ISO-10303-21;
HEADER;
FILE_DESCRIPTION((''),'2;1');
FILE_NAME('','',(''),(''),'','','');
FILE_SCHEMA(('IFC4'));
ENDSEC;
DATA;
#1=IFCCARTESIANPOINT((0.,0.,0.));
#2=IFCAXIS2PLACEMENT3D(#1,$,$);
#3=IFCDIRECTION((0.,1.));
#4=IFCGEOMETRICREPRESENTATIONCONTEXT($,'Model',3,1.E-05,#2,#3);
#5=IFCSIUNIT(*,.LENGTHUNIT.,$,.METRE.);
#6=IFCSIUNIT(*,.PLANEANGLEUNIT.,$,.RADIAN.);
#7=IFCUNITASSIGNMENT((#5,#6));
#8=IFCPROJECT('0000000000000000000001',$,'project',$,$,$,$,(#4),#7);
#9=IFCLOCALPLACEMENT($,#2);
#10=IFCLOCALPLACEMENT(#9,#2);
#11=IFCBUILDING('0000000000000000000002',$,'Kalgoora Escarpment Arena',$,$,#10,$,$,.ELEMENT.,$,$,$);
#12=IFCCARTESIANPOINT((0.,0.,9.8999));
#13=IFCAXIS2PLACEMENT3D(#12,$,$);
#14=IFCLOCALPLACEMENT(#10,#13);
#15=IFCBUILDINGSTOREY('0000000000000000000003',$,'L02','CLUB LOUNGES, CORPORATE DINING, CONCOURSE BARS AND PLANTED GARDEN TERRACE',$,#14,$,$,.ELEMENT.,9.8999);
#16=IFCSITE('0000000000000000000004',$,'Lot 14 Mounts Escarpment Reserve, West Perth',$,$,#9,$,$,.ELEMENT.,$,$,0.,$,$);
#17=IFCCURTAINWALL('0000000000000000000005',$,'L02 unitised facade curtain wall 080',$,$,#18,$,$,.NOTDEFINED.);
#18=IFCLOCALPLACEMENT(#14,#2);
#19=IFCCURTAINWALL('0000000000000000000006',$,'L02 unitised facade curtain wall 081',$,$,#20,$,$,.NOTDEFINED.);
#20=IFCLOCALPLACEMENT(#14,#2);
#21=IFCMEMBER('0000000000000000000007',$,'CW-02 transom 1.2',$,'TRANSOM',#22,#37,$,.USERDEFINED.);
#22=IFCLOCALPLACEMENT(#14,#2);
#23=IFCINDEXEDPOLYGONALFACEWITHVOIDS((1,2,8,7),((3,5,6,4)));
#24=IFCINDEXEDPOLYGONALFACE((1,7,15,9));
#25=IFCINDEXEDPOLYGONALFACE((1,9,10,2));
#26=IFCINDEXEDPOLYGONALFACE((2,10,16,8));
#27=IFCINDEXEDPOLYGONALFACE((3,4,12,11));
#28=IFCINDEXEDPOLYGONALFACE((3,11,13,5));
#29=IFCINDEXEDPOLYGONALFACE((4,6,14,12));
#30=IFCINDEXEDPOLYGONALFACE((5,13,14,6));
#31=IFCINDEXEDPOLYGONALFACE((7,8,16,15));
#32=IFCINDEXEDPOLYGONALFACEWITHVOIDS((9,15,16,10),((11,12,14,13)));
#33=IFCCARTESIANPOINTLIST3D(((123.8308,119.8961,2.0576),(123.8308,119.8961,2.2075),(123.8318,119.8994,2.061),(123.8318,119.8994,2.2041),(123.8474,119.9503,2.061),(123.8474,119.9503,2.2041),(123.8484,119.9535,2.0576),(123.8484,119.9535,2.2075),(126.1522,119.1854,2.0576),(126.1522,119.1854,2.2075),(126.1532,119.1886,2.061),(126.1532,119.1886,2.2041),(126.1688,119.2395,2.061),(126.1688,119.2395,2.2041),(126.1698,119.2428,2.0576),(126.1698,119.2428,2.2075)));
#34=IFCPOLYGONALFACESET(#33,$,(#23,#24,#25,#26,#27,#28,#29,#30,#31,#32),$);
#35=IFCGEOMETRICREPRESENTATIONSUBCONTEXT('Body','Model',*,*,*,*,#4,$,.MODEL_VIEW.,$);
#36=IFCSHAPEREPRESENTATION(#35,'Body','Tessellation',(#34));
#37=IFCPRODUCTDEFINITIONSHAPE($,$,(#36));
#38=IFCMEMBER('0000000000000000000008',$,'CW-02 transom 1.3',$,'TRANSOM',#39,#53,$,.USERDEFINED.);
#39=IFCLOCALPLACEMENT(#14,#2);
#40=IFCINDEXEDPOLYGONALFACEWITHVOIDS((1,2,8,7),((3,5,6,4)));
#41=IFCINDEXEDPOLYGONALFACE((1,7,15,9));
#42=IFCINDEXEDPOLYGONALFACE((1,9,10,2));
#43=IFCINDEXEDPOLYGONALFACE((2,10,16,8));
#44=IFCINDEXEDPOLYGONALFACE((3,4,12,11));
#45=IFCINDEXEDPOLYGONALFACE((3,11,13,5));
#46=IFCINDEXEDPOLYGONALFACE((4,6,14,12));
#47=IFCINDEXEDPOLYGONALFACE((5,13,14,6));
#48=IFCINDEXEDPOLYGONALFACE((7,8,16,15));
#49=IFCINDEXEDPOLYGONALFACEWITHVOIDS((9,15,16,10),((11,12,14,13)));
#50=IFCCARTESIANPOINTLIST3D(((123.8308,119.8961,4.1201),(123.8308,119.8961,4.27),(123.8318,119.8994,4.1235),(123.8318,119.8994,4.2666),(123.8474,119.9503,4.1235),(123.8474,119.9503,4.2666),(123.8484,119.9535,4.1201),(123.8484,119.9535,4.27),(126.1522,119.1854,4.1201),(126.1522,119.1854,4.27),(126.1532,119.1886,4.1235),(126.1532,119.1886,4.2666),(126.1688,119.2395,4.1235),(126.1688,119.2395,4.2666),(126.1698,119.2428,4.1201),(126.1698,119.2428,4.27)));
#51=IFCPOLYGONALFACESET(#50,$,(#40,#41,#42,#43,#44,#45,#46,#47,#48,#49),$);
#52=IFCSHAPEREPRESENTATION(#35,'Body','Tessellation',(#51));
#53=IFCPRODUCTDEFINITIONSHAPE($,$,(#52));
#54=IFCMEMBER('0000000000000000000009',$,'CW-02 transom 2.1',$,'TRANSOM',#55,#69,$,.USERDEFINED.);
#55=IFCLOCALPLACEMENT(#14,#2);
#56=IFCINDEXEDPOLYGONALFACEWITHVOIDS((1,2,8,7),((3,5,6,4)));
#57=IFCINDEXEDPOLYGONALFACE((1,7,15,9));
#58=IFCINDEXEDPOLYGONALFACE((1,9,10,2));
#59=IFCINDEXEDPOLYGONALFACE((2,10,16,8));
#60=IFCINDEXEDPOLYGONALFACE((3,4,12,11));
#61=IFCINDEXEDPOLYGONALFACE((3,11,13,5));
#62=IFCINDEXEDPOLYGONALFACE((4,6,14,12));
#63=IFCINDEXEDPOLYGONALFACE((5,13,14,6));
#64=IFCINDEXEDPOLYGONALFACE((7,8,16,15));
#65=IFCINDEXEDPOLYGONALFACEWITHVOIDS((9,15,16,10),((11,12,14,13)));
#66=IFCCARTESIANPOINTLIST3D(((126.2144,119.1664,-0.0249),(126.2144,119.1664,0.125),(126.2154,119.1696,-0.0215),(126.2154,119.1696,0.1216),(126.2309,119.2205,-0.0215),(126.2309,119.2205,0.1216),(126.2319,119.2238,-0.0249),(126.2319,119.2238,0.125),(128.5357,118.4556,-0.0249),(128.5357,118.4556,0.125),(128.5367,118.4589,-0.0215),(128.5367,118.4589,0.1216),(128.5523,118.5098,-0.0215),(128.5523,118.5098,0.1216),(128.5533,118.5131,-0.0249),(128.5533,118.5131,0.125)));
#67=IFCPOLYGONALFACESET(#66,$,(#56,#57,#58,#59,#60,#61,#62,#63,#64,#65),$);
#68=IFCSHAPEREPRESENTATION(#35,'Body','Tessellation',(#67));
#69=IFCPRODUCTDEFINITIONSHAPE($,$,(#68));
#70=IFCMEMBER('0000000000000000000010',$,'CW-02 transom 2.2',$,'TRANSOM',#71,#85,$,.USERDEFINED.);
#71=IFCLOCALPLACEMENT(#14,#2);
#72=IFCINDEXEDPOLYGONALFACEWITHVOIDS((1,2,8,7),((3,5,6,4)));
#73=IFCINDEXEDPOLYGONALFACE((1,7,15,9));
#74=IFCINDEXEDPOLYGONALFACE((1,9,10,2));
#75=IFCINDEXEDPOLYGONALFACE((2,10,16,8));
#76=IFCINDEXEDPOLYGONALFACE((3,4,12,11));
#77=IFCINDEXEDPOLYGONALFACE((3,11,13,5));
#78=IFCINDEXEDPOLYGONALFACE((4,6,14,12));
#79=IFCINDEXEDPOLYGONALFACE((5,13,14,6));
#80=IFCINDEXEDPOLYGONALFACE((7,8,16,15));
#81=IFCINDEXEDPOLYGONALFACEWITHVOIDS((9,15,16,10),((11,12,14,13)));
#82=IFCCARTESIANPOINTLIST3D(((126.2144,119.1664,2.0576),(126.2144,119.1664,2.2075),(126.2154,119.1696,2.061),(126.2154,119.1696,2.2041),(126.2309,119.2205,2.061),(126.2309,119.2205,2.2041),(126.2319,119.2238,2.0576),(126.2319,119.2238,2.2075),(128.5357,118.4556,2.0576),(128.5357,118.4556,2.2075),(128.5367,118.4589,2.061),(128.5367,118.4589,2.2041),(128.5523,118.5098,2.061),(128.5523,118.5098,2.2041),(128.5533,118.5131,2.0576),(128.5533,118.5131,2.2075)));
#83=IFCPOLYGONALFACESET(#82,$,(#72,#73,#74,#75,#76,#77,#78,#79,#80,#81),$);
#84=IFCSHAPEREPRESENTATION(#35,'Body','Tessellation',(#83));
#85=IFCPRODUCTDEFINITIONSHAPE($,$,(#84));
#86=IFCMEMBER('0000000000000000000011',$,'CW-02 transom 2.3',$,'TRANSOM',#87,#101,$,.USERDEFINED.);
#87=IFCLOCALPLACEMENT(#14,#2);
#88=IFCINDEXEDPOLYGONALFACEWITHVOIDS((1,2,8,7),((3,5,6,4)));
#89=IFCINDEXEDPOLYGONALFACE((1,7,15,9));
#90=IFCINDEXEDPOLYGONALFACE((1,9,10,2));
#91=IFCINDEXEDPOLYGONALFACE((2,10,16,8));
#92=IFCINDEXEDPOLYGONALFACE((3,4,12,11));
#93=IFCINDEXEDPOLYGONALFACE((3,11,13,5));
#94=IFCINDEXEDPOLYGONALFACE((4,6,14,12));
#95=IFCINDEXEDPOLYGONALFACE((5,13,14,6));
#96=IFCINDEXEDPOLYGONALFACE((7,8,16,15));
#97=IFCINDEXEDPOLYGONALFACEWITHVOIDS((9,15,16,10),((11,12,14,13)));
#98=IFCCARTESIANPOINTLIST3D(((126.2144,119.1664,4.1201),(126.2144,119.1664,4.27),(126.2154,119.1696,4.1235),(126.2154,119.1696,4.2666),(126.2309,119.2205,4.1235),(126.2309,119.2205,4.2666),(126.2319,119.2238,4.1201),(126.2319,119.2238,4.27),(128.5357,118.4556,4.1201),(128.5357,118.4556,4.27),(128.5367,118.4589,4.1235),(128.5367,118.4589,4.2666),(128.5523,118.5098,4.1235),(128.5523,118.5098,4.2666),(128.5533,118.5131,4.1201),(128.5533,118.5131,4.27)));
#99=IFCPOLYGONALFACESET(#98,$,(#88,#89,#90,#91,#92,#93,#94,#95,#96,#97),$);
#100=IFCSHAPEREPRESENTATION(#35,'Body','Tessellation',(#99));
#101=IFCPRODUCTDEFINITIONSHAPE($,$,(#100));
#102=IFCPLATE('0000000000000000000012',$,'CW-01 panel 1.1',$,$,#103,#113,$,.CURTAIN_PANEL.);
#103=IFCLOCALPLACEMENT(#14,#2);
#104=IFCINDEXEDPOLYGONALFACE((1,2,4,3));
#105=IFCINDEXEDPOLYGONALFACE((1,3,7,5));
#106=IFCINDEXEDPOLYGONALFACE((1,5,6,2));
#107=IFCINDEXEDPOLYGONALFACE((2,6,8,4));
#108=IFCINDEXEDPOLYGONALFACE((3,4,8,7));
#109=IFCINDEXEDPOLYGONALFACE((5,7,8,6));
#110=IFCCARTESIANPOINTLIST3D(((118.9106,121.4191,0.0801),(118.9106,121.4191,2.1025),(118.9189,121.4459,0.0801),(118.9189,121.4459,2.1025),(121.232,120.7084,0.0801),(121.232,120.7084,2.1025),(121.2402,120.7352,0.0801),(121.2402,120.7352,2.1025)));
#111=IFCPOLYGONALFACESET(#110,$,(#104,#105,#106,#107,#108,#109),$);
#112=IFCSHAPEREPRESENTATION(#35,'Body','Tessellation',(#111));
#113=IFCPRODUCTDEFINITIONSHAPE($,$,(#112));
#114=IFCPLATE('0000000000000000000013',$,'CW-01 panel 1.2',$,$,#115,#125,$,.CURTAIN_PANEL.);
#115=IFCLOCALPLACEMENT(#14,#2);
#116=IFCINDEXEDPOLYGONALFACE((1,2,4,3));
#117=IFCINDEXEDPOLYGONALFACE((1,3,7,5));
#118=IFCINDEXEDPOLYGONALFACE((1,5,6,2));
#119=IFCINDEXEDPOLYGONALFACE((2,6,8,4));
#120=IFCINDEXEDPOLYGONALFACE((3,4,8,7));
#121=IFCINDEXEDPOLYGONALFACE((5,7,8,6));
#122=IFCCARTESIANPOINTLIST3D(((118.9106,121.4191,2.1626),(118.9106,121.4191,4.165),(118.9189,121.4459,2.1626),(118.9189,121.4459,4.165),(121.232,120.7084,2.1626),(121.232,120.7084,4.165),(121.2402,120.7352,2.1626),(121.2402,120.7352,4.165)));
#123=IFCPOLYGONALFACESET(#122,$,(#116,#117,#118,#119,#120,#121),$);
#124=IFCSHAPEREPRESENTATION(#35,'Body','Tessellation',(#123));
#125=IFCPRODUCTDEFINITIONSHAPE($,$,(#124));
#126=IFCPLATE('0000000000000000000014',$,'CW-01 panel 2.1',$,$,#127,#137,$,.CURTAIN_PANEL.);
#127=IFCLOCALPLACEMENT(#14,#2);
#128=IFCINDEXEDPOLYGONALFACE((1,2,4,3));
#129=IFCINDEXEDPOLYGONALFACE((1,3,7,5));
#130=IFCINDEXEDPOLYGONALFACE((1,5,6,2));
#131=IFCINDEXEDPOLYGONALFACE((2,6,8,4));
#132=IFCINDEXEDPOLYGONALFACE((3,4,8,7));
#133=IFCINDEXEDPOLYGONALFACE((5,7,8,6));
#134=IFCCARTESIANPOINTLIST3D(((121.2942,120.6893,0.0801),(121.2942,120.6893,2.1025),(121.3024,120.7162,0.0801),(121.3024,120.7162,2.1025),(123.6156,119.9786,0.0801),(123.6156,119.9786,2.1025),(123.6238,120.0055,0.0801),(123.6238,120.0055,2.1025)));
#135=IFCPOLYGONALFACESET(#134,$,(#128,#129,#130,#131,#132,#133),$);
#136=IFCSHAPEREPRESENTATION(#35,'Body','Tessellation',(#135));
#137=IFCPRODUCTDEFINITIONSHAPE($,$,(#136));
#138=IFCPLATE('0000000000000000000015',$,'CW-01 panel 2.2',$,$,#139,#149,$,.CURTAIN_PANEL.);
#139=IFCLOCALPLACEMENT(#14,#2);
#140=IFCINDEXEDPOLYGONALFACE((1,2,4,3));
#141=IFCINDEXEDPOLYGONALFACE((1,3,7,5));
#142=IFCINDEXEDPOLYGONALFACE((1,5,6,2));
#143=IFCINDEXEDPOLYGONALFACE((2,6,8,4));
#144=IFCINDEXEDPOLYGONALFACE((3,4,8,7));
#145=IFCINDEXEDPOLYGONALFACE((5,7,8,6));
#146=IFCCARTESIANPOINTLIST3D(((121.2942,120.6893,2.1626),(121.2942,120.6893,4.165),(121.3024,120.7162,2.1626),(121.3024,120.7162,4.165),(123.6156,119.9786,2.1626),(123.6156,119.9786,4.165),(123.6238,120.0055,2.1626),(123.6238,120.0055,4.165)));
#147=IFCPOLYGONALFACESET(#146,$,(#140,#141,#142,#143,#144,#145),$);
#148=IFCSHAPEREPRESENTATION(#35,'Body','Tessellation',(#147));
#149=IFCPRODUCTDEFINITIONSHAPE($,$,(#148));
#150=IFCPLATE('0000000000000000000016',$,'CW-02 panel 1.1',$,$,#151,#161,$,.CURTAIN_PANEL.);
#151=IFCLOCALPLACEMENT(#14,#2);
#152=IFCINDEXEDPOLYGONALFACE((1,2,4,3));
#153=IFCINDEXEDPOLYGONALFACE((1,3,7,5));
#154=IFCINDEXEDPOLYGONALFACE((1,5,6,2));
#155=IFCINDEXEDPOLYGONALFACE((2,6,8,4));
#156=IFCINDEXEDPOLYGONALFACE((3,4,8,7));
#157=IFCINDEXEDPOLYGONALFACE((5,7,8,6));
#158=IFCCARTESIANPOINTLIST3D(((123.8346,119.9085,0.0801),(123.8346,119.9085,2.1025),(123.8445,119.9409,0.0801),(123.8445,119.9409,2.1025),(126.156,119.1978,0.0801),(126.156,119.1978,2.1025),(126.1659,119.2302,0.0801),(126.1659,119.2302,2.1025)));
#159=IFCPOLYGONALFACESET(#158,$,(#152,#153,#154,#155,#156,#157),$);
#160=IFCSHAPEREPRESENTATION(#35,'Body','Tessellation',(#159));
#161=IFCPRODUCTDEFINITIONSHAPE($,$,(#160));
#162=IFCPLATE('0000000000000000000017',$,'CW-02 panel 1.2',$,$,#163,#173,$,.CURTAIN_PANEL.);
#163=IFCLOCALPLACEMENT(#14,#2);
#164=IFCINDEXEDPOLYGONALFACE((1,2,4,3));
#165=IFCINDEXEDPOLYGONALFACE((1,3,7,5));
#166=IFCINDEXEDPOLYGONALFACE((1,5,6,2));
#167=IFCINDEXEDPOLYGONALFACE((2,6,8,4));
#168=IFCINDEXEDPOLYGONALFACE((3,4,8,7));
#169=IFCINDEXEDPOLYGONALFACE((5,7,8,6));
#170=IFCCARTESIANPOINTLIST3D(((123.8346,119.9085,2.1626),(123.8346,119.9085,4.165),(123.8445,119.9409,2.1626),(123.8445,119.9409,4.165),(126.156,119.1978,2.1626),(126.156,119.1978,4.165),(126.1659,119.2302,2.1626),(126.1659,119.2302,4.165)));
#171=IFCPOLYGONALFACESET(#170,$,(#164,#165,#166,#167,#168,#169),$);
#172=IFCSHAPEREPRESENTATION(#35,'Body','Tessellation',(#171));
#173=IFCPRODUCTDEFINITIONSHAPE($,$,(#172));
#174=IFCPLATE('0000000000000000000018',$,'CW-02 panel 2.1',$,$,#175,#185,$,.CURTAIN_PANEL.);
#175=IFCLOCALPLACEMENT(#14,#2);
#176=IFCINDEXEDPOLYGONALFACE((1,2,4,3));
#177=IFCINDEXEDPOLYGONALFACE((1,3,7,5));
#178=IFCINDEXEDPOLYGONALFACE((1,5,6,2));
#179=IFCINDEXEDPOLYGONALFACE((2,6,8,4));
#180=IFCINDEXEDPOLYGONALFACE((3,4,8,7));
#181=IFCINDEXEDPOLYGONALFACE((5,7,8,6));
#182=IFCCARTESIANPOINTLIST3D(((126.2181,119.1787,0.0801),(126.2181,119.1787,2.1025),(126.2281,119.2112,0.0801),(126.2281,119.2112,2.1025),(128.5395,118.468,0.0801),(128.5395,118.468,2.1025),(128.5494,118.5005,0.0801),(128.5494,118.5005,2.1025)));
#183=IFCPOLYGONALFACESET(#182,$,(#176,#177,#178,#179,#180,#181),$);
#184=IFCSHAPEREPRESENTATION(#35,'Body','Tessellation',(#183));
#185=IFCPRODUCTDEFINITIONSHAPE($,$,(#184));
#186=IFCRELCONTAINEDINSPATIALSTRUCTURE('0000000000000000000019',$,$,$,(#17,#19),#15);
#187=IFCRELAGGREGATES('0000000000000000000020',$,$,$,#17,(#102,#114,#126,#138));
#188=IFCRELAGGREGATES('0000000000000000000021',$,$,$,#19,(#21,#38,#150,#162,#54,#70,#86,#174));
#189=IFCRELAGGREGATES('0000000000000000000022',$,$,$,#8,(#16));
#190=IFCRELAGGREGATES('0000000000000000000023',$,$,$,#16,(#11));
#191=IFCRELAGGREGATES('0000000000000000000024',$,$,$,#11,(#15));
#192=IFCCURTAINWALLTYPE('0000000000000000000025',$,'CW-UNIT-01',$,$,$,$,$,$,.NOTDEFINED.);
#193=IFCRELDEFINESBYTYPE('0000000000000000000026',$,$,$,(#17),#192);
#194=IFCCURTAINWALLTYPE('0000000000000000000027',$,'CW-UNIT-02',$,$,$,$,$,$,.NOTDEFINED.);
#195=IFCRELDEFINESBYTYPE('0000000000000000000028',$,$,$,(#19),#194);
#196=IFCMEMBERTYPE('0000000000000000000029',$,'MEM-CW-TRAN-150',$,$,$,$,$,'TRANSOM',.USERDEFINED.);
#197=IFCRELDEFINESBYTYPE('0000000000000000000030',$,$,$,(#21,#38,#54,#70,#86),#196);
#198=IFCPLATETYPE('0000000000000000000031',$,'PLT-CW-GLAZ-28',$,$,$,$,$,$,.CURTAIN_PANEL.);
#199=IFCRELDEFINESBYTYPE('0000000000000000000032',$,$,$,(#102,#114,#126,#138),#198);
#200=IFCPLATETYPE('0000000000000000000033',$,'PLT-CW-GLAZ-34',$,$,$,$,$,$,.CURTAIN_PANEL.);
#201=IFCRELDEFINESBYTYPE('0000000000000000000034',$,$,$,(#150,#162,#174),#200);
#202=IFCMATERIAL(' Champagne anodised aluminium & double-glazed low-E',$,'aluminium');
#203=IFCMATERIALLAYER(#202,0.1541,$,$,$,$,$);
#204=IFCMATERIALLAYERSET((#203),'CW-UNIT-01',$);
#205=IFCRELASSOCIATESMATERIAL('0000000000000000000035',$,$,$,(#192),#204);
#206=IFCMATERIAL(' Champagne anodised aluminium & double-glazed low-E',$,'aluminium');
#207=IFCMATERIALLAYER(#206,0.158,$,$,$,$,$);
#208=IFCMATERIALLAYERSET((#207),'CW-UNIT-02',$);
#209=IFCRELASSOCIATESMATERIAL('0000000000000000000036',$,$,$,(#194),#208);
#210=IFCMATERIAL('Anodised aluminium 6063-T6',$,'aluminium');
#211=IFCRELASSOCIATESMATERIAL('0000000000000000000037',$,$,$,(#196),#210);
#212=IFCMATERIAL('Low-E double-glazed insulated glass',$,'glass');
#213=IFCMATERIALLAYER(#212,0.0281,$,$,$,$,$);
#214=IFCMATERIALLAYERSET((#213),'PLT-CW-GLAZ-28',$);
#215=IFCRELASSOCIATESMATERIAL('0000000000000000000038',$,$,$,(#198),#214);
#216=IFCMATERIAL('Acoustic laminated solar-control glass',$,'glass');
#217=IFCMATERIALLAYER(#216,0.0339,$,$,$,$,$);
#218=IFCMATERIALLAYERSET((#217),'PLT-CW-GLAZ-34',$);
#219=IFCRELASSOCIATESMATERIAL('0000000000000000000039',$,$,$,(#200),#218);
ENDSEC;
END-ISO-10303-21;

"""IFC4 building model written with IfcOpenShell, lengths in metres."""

from ifc_helpers import new_model, si_unit, direction, frame, origin, origin_2d, place, context, subcontext, project, spatial, rectangle, hollow_rectangle, extrude, material, layer, layer_set, material_profile, profile_set, type_object, element, aggregate, save


model = new_model("IFC4")

# Units and contexts
model_context = context("Model", 3, precision=1e-05, world=origin(), true_north=direction((0.0, 1.0)))
body_context = subcontext(model_context, "Body", "Model", "MODEL_VIEW")
ifc_project = project(units=[si_unit("LENGTHUNIT", "METRE"), si_unit("PLANEANGLEUNIT", "RADIAN")], contexts=[model_context])

# Site, building, storey
site_placement = place(None, origin())
site = spatial("IfcSite", under=ifc_project, at=site_placement, Name="Lot 14 Mounts Escarpment Reserve, West Perth", CompositionType="ELEMENT", RefElevation=0.0)
building_placement = place(site_placement, origin())
building = spatial("IfcBuilding", under=site, at=building_placement, Name="Kalgoora Escarpment Arena", CompositionType="ELEMENT")
storey_placement = place(building_placement, frame((0.0, 0.0, 9.8999)))
storey = spatial("IfcBuildingStorey", under=building, at=storey_placement, Name="L02", Description="CLUB LOUNGES, CORPORATE DINING, CONCOURSE BARS AND PLANTED GARDEN TERRACE", CompositionType="ELEMENT", Elevation=9.8999)

# Curtain walls
ifc_material_1 = material(Name=" Champagne anodised aluminium & double-glazed low-E", Category="aluminium")
ifc_layer_1 = layer(ifc_material_1, 0.1541)
ifc_layer_set_1 = layer_set([ifc_layer_1], Name="CW-UNIT-01")
curtain_wall_type_1 = type_object("IfcCurtainWallType", Name="CW-UNIT-01", PredefinedType="NOTDEFINED", material=ifc_layer_set_1)
curtain_wall_1_placement = place(storey_placement, origin())
curtain_wall_1 = element("IfcCurtainWall", 1, at=curtain_wall_1_placement, inside=storey, type_object=curtain_wall_type_1, Name="L02 unitised facade curtain wall 080", PredefinedType="NOTDEFINED")
ifc_material_2 = material(Name=" Champagne anodised aluminium & double-glazed low-E", Category="aluminium")
ifc_layer_2 = layer(ifc_material_2, 0.158)
ifc_layer_set_2 = layer_set([ifc_layer_2], Name="CW-UNIT-02")
curtain_wall_type_2 = type_object("IfcCurtainWallType", Name="CW-UNIT-02", PredefinedType="NOTDEFINED", material=ifc_layer_set_2)
curtain_wall_2_placement = place(storey_placement, origin())
curtain_wall_2 = element("IfcCurtainWall", 2, at=curtain_wall_2_placement, inside=storey, type_object=curtain_wall_type_2, Name="L02 unitised facade curtain wall 081", PredefinedType="NOTDEFINED")

# Members
ifc_material_3 = material(Name="Anodised aluminium 6063-T6", Category="aluminium")
ifc_material_profile_1 = material_profile(ifc_material_3, hollow_rectangle(XDim=0.0601, YDim=0.1499, WallThickness=0.0034, at=origin_2d()))
ifc_profile_set_1 = profile_set([ifc_material_profile_1], Name="Anodised aluminium 6063-T6")
member_type_1 = type_object("IfcMemberType", Name="MEM-CW-TRAN-150", ElementType="TRANSOM", PredefinedType="USERDEFINED", material=ifc_profile_set_1)
member_1_placement = place(storey_placement, frame((123.8396, 119.9248, 2.1326), z_axis=(0.956189, -0.29275, 0.0), x_axis=(0.29275, 0.956189, 0.0)))
member_1 = element("IfcMember", 3, at=member_1_placement, type_object=member_type_1, Name="CW-02 transom 1.2", ObjectType="TRANSOM", PredefinedType="USERDEFINED", context=body_context, shape_type="SweptSolid", body=[
    extrude(hollow_rectangle(XDim=0.0601, YDim=0.1499, WallThickness=0.0034, at=origin_2d()), origin(), (0.0, 0.0, 1.0), 2.4277),
])
member_2_placement = place(storey_placement, frame((123.8396, 119.9248, 4.1951), z_axis=(0.956189, -0.29275, 0.0), x_axis=(0.29275, 0.956189, 0.0)))
member_2 = element("IfcMember", 4, at=member_2_placement, type_object=member_type_1, Name="CW-02 transom 1.3", ObjectType="TRANSOM", PredefinedType="USERDEFINED", context=body_context, shape_type="SweptSolid", body=[
    extrude(hollow_rectangle(XDim=0.0601, YDim=0.1499, WallThickness=0.0034, at=origin_2d()), origin(), (0.0, 0.0, 1.0), 2.4277),
])
member_3_placement = place(storey_placement, frame((126.2231, 119.1951, 0.05), z_axis=(0.956189, -0.29275, 0.0), x_axis=(0.29275, 0.956189, 0.0)))
member_3 = element("IfcMember", 5, at=member_3_placement, type_object=member_type_1, Name="CW-02 transom 2.1", ObjectType="TRANSOM", PredefinedType="USERDEFINED", context=body_context, shape_type="SweptSolid", body=[
    extrude(hollow_rectangle(XDim=0.0601, YDim=0.1499, WallThickness=0.0034, at=origin_2d()), origin(), (0.0, 0.0, 1.0), 2.4277),
])
member_4_placement = place(storey_placement, frame((126.2231, 119.1951, 2.1326), z_axis=(0.956189, -0.29275, 0.0), x_axis=(0.29275, 0.956189, 0.0)))
member_4 = element("IfcMember", 6, at=member_4_placement, type_object=member_type_1, Name="CW-02 transom 2.2", ObjectType="TRANSOM", PredefinedType="USERDEFINED", context=body_context, shape_type="SweptSolid", body=[
    extrude(hollow_rectangle(XDim=0.0601, YDim=0.1499, WallThickness=0.0034, at=origin_2d()), origin(), (0.0, 0.0, 1.0), 2.4277),
])
member_5_placement = place(storey_placement, frame((126.2231, 119.1951, 4.1951), z_axis=(0.956189, -0.29275, 0.0), x_axis=(0.29275, 0.956189, 0.0)))
member_5 = element("IfcMember", 7, at=member_5_placement, type_object=member_type_1, Name="CW-02 transom 2.3", ObjectType="TRANSOM", PredefinedType="USERDEFINED", context=body_context, shape_type="SweptSolid", body=[
    extrude(hollow_rectangle(XDim=0.0601, YDim=0.1499, WallThickness=0.0034, at=origin_2d()), origin(), (0.0, 0.0, 1.0), 2.4277),
])

# Plates
ifc_material_4 = material(Name="Low-E double-glazed insulated glass", Category="glass")
ifc_layer_3 = layer(ifc_material_4, 0.0281)
ifc_layer_set_3 = layer_set([ifc_layer_3], Name="PLT-CW-GLAZ-28")
plate_type_1 = type_object("IfcPlateType", Name="PLT-CW-GLAZ-28", PredefinedType="CURTAIN_PANEL", material=ifc_layer_set_3)
plate_1_placement = place(storey_placement, frame((120.0754, 121.0771, 0.0801), z_axis=(0.0, 0.0, 1.0), x_axis=(0.956194, -0.292733, 0.0)))
plate_1 = element("IfcPlate", 8, at=plate_1_placement, type_object=plate_type_1, Name="CW-01 panel 1.1", PredefinedType="CURTAIN_PANEL", context=body_context, shape_type="SweptSolid", body=[
    extrude(rectangle(XDim=2.4277, YDim=0.0281, at=origin_2d()), origin(), (0.0, 0.0, 1.0), 2.0225),
])
plate_2_placement = place(storey_placement, frame((120.0754, 121.0771, 2.1626), z_axis=(0.0, 0.0, 1.0), x_axis=(0.956194, -0.292733, 0.0)))
plate_2 = element("IfcPlate", 9, at=plate_2_placement, type_object=plate_type_1, Name="CW-01 panel 1.2", PredefinedType="CURTAIN_PANEL", context=body_context, shape_type="SweptSolid", body=[
    extrude(rectangle(XDim=2.4277, YDim=0.0281, at=origin_2d()), origin(), (0.0, 0.0, 1.0), 2.0024),
])
plate_3_placement = place(storey_placement, frame((122.459, 120.3474, 0.0801), z_axis=(0.0, 0.0, 1.0), x_axis=(0.956194, -0.292733, 0.0)))
plate_3 = element("IfcPlate", 10, at=plate_3_placement, type_object=plate_type_1, Name="CW-01 panel 2.1", PredefinedType="CURTAIN_PANEL", context=body_context, shape_type="SweptSolid", body=[
    extrude(rectangle(XDim=2.4277, YDim=0.0281, at=origin_2d()), origin(), (0.0, 0.0, 1.0), 2.0225),
])
plate_4_placement = place(storey_placement, frame((122.459, 120.3474, 2.1626), z_axis=(0.0, 0.0, 1.0), x_axis=(0.956194, -0.292733, 0.0)))
plate_4 = element("IfcPlate", 11, at=plate_4_placement, type_object=plate_type_1, Name="CW-01 panel 2.2", PredefinedType="CURTAIN_PANEL", context=body_context, shape_type="SweptSolid", body=[
    extrude(rectangle(XDim=2.4277, YDim=0.0281, at=origin_2d()), origin(), (0.0, 0.0, 1.0), 2.0024),
])
aggregate(curtain_wall_1, [plate_1, plate_2, plate_3, plate_4])
ifc_material_5 = material(Name="Acoustic laminated solar-control glass", Category="glass")
ifc_layer_4 = layer(ifc_material_5, 0.0339)
ifc_layer_set_4 = layer_set([ifc_layer_4], Name="PLT-CW-GLAZ-34")
plate_type_2 = type_object("IfcPlateType", Name="PLT-CW-GLAZ-34", PredefinedType="CURTAIN_PANEL", material=ifc_layer_set_4)
plate_5_placement = place(storey_placement, frame((125.0002, 119.5693, 0.0801), z_axis=(0.0, 0.0, 1.0), x_axis=(0.956189, -0.292751, 0.0)))
plate_5 = element("IfcPlate", 12, at=plate_5_placement, type_object=plate_type_2, Name="CW-02 panel 1.1", PredefinedType="CURTAIN_PANEL", context=body_context, shape_type="SweptSolid", body=[
    extrude(rectangle(XDim=2.4277, YDim=0.0339, at=origin_2d()), origin(), (0.0, 0.0, 1.0), 2.0225),
])
plate_6_placement = place(storey_placement, frame((125.0002, 119.5693, 2.1626), z_axis=(0.0, 0.0, 1.0), x_axis=(0.956189, -0.292751, 0.0)))
plate_6 = element("IfcPlate", 13, at=plate_6_placement, type_object=plate_type_2, Name="CW-02 panel 1.2", PredefinedType="CURTAIN_PANEL", context=body_context, shape_type="SweptSolid", body=[
    extrude(rectangle(XDim=2.4277, YDim=0.0339, at=origin_2d()), origin(), (0.0, 0.0, 1.0), 2.0024),
])
plate_7_placement = place(storey_placement, frame((127.3838, 118.8396, 0.0801), z_axis=(0.0, 0.0, 1.0), x_axis=(0.956189, -0.292751, 0.0)))
plate_7 = element("IfcPlate", 14, at=plate_7_placement, type_object=plate_type_2, Name="CW-02 panel 2.1", PredefinedType="CURTAIN_PANEL", context=body_context, shape_type="SweptSolid", body=[
    extrude(rectangle(XDim=2.4277, YDim=0.0339, at=origin_2d()), origin(), (0.0, 0.0, 1.0), 2.0225),
])
aggregate(curtain_wall_2, [member_1, member_2, plate_5, plate_6, member_3, member_4, member_5, plate_7])

save(model, "model.ifc")
